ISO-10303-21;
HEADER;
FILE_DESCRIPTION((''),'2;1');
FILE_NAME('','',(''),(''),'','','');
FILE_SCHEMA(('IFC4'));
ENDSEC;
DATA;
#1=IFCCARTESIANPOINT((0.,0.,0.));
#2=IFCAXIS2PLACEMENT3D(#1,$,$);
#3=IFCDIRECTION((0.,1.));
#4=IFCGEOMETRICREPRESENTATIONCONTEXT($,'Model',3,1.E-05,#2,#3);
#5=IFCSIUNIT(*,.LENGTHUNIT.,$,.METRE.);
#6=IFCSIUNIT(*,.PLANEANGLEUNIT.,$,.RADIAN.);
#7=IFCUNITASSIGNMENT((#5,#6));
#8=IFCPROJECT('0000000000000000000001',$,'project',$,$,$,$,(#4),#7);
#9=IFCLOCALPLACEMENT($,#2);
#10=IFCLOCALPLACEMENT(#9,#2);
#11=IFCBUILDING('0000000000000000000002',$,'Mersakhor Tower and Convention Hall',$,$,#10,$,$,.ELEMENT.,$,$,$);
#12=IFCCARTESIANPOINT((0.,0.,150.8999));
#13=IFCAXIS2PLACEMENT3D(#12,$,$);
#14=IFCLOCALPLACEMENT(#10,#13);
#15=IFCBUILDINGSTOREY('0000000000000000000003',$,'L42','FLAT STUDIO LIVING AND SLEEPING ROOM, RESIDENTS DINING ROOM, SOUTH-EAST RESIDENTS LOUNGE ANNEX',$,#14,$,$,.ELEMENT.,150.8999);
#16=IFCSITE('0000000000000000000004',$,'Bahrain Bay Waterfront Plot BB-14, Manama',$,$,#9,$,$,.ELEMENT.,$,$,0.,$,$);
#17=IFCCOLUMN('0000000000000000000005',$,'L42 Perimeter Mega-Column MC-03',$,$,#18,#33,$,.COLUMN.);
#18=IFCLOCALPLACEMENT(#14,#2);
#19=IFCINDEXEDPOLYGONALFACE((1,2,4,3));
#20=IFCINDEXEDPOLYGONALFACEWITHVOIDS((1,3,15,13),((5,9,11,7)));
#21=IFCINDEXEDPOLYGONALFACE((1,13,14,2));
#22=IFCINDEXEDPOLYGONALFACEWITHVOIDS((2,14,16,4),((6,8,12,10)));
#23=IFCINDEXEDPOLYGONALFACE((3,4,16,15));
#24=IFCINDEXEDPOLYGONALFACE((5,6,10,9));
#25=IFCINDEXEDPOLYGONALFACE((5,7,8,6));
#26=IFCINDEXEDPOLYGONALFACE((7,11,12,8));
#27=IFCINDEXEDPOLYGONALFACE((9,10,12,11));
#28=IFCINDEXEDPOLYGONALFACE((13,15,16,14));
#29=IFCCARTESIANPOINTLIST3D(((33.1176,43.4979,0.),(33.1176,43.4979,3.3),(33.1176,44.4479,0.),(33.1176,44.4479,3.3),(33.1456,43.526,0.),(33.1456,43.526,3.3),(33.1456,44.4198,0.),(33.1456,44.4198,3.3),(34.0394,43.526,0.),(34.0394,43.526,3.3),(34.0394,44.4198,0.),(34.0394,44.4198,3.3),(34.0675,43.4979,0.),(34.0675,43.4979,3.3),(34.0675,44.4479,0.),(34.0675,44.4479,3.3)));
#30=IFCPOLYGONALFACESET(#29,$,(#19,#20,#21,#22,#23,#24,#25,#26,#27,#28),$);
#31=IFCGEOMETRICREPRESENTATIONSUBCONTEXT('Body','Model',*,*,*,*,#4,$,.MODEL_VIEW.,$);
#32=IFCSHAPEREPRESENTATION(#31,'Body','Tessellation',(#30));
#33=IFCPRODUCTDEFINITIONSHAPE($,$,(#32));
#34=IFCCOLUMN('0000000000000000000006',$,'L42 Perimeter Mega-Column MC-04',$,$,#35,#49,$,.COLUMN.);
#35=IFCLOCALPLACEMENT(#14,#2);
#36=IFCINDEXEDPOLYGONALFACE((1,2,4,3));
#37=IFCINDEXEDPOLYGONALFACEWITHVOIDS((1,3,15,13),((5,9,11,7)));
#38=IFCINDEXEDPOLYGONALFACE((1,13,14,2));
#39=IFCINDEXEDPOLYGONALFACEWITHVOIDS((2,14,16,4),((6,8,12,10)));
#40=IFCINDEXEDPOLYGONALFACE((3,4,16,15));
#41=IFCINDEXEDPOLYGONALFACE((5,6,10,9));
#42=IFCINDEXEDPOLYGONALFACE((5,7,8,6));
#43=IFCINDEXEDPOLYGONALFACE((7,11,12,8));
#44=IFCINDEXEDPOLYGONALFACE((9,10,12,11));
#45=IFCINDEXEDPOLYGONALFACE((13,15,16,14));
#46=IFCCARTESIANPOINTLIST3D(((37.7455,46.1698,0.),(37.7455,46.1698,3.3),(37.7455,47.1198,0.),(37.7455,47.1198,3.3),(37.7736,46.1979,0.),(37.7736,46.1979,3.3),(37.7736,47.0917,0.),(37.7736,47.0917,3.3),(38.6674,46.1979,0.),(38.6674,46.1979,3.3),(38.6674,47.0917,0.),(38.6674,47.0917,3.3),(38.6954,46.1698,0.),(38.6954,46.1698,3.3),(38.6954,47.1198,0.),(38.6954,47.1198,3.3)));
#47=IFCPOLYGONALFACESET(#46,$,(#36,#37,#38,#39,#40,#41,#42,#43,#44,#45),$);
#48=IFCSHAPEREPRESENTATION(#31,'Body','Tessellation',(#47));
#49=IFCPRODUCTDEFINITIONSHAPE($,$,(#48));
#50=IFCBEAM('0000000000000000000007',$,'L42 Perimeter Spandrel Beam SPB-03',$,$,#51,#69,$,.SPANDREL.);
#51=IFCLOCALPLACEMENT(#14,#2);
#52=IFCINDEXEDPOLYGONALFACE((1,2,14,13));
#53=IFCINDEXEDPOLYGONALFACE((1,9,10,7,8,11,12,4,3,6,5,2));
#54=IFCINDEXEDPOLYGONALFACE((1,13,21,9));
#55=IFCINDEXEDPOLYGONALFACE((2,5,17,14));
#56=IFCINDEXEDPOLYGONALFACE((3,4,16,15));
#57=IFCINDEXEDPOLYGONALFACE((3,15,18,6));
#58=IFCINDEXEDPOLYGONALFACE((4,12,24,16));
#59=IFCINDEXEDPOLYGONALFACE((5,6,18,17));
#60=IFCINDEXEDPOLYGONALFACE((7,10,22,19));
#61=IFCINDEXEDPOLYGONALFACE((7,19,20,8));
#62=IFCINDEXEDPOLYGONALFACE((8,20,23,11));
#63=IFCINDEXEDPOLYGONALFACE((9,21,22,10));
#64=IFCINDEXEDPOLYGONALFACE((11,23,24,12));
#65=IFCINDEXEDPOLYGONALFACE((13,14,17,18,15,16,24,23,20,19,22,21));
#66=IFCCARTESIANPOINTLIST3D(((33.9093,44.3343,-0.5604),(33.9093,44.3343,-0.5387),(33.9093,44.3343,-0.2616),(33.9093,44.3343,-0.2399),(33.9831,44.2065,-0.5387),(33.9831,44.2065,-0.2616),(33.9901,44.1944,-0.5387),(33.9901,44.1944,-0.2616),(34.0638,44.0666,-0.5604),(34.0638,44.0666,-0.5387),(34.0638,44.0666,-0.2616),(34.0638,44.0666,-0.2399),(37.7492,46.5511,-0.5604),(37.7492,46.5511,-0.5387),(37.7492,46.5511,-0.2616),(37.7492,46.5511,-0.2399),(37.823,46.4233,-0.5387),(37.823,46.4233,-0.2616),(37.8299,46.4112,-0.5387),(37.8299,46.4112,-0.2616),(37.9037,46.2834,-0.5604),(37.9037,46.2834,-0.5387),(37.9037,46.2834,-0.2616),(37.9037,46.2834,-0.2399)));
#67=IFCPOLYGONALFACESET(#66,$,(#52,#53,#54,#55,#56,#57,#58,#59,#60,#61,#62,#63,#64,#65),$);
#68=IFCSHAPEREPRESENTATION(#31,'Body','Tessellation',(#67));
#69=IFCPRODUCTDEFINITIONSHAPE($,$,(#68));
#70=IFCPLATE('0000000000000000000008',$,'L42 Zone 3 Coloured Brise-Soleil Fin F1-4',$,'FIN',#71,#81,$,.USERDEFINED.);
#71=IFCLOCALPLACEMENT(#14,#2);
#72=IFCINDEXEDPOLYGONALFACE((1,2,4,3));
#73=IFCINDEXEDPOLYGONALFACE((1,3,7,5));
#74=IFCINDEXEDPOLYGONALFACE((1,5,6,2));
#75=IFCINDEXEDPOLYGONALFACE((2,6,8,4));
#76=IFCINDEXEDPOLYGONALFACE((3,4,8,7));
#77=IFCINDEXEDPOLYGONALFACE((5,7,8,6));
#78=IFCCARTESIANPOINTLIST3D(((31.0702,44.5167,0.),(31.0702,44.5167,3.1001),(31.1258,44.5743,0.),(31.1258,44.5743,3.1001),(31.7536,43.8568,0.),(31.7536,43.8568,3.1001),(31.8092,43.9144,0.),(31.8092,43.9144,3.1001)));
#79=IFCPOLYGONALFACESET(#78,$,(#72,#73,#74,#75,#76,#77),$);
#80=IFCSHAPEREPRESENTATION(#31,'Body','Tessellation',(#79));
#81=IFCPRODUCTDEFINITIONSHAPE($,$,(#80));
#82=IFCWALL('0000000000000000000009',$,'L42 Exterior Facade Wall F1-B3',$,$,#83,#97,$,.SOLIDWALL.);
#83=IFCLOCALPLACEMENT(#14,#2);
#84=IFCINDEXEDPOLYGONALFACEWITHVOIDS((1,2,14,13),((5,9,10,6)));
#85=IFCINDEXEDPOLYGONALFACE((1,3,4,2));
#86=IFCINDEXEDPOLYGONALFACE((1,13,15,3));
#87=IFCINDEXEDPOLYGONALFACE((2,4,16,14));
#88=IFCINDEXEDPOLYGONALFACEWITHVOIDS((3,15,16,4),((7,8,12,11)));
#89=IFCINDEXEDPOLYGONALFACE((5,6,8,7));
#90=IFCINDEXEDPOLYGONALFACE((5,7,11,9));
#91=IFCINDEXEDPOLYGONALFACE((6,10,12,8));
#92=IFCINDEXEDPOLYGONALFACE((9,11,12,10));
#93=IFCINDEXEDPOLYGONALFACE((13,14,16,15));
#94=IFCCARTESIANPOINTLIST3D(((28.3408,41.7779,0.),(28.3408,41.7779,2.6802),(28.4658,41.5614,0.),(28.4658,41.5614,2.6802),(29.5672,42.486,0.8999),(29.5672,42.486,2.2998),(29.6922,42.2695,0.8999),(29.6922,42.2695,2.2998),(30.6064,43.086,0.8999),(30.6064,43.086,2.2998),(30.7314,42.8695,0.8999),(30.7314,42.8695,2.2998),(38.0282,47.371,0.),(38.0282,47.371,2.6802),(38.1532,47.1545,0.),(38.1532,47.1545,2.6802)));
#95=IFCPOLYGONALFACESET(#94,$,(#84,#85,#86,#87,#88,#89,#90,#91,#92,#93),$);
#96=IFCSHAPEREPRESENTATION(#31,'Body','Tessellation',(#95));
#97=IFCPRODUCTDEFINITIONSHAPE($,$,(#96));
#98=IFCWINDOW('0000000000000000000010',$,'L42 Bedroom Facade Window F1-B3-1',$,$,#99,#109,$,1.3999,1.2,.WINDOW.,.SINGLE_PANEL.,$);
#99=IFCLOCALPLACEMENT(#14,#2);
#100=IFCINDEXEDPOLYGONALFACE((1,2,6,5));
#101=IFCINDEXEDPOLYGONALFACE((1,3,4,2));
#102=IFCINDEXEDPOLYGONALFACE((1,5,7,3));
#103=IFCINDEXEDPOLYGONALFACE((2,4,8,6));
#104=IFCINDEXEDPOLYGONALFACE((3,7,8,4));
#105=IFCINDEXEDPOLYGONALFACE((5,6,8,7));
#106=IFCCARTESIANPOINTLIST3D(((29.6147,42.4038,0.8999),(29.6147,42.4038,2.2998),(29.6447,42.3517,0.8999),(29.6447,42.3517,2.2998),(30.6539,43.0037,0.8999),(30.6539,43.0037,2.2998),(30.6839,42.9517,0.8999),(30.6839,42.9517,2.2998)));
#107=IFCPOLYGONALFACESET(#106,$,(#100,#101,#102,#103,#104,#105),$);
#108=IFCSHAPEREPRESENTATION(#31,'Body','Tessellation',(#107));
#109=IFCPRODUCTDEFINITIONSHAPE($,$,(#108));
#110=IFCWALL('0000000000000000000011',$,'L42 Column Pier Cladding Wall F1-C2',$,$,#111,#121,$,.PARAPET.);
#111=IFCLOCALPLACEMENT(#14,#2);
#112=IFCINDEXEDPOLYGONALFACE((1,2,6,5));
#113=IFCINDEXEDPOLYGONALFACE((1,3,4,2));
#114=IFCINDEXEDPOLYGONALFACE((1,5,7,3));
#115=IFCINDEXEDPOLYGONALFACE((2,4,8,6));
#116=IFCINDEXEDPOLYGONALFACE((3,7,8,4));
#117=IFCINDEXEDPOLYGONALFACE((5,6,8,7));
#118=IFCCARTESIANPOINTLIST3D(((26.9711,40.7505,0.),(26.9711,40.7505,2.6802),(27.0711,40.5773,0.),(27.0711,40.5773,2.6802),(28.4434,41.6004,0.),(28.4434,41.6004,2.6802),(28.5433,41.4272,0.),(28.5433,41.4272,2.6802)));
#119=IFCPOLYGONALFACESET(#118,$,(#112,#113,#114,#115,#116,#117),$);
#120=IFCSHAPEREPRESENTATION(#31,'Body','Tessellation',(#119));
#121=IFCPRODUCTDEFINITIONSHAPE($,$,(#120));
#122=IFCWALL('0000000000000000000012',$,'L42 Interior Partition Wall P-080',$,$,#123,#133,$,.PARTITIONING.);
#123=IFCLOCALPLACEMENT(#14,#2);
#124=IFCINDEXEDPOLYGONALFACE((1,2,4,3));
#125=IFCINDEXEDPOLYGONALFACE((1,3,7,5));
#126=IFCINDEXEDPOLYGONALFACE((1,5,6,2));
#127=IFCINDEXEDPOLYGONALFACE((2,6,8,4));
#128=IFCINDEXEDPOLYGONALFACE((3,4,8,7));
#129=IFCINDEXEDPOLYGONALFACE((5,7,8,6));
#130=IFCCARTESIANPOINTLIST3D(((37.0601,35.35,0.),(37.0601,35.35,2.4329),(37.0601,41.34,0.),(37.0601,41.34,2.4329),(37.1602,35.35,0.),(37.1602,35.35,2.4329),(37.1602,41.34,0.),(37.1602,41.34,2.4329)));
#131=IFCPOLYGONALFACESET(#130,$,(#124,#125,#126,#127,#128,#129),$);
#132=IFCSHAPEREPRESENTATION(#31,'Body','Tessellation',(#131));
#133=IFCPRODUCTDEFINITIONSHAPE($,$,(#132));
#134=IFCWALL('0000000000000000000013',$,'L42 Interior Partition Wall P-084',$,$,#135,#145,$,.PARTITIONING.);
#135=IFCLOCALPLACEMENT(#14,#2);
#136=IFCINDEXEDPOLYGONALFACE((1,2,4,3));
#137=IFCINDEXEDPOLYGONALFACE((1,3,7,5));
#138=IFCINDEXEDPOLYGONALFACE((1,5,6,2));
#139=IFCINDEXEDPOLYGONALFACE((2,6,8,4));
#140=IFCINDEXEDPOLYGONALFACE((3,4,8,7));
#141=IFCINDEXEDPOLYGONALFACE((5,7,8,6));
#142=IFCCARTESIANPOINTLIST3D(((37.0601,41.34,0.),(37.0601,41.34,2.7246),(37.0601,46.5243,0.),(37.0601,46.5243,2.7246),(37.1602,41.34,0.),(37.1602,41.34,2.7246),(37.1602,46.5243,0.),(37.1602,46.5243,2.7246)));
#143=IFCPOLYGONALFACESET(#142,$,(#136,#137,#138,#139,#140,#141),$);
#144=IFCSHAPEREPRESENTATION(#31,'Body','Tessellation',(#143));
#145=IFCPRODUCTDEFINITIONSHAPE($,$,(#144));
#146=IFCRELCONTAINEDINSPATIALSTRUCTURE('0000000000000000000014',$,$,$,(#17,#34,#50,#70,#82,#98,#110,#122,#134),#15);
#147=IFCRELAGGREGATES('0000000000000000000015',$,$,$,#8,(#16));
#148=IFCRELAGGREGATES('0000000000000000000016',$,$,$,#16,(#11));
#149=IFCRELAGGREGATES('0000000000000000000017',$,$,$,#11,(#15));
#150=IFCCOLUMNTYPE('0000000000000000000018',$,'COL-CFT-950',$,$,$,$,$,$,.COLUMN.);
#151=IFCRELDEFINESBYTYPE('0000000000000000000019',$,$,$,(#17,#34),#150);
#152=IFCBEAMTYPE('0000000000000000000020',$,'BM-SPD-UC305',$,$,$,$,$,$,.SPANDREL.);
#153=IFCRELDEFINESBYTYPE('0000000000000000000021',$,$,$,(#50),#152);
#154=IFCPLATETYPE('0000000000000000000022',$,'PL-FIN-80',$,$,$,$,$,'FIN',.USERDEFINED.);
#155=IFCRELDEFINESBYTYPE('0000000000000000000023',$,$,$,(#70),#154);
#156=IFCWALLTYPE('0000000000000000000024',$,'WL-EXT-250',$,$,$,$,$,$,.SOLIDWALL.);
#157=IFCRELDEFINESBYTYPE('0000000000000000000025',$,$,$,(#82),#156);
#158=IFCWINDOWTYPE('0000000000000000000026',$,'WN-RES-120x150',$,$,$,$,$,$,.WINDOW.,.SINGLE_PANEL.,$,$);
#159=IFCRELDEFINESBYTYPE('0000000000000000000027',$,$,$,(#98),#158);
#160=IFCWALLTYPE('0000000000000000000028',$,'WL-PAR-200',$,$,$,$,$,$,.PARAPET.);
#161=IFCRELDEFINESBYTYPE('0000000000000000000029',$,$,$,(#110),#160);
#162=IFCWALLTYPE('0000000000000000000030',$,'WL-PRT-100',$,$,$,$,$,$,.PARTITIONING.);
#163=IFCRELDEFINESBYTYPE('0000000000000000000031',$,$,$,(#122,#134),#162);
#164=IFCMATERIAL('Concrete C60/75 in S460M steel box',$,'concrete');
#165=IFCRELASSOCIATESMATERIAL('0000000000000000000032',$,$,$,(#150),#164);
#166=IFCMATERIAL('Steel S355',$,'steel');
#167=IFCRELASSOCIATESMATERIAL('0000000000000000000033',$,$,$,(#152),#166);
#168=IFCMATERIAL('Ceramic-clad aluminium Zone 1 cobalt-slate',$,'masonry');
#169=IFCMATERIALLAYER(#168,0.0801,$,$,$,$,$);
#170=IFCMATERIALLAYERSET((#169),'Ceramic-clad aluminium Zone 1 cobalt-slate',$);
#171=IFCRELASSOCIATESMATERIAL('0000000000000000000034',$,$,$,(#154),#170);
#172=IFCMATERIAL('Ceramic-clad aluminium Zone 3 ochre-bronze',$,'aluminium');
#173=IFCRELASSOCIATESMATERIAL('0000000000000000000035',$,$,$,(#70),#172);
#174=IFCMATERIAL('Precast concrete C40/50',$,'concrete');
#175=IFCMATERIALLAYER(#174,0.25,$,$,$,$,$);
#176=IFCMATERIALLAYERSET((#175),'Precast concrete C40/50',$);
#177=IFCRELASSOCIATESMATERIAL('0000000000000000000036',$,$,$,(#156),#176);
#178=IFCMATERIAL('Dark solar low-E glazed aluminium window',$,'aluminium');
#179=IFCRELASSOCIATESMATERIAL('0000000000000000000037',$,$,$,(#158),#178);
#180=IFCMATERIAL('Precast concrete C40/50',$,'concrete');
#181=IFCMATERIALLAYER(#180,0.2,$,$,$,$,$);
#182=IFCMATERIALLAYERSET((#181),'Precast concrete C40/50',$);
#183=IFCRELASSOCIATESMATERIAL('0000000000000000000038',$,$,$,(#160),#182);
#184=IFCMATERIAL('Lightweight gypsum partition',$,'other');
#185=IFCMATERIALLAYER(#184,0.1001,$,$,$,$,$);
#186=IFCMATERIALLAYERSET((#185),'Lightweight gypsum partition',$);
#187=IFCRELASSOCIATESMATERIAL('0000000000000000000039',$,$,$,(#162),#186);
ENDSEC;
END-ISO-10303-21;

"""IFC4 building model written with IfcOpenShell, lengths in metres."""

from ifc_helpers import new_model, si_unit, direction, frame, frame_2d, origin, origin_2d, place, context, subcontext, project, spatial, rectangle, hollow_rectangle, i_section, extrude, material, layer, layer_set, material_profile, profile_set, type_object, element, fill, save


model = new_model("IFC4")

# Units and contexts
model_context = context("Model", 3, precision=1e-05, world=origin(), true_north=direction((0.0, 1.0)))
body_context = subcontext(model_context, "Body", "Model", "MODEL_VIEW")
ifc_project = project(units=[si_unit("LENGTHUNIT", "METRE"), si_unit("PLANEANGLEUNIT", "RADIAN")], contexts=[model_context])

# Site, building, storey
site_placement = place(None, origin())
site = spatial("IfcSite", under=ifc_project, at=site_placement, Name="Bahrain Bay Waterfront Plot BB-14, Manama", CompositionType="ELEMENT", RefElevation=0.0)
building_placement = place(site_placement, origin())
building = spatial("IfcBuilding", under=site, at=building_placement, Name="Mersakhor Tower and Convention Hall", CompositionType="ELEMENT")
storey_placement = place(building_placement, frame((0.0, 0.0, 150.8999)))
storey = spatial("IfcBuildingStorey", under=building, at=storey_placement, Name="L42", Description="FLAT STUDIO LIVING AND SLEEPING ROOM, RESIDENTS DINING ROOM, SOUTH-EAST RESIDENTS LOUNGE ANNEX", CompositionType="ELEMENT", Elevation=150.8999)

# Columns
ifc_material_1 = material(Name="Concrete C60/75 in S460M steel box", Category="concrete")
ifc_material_profile_1 = material_profile(ifc_material_1, hollow_rectangle(XDim=0.95, YDim=0.95, WallThickness=0.0281, at=origin_2d()), Name="SHS 950x950x28")
ifc_profile_set_1 = profile_set([ifc_material_profile_1], Name="Concrete C60/75 in S460M steel box")
column_type = type_object("IfcColumnType", Name="COL-CFT-950", PredefinedType="COLUMN", material=ifc_profile_set_1)
for number, where, z_axis, x_axis, name in (
    (1, (33.5925, 43.9729, 0.0), (0.0, 0.0, 1.0), (1.0, 0.0, 0.0), "L42 Perimeter Mega-Column MC-03"),
    (2, (38.2205, 46.6448, 0.0), (0.0, 0.0, 1.0), (1.0, 0.0, 0.0), "L42 Perimeter Mega-Column MC-04"),
):
    element("IfcColumn", number, at=place(storey_placement, frame(where, z_axis=z_axis, x_axis=x_axis)), inside=storey, type_object=column_type, Name=name, PredefinedType="COLUMN", context=body_context, shape_type="SweptSolid", body=[
        extrude(hollow_rectangle(XDim=0.95, YDim=0.95, WallThickness=0.0281, at=origin_2d()), origin(), (0.0, 0.0, 1.0), 3.3),
    ])

# Beam
ifc_material_2 = material(Name="Steel S355", Category="steel")
ifc_material_profile_2 = material_profile(ifc_material_2, i_section(OverallWidth=0.3091, OverallDepth=0.3206, WebThickness=0.0139, FlangeThickness=0.0217, at=origin_2d()), Name="UC 305x305x137")
ifc_profile_set_2 = profile_set([ifc_material_profile_2], Name="Steel S355")
beam_type = type_object("IfcBeamType", Name="BM-SPD-UC305", PredefinedType="SPANDREL", material=ifc_profile_set_2)
beam_placement = place(storey_placement, frame((33.9866, 44.2004, -0.4001), z_axis=(0.866039, 0.499977, 0.0), x_axis=(-0.499977, 0.866039, 0.0)))
element("IfcBeam", 3, at=beam_placement, inside=storey, type_object=beam_type, Name="L42 Perimeter Spandrel Beam SPB-03", PredefinedType="SPANDREL", context=body_context, shape_type="SweptSolid", body=[
    extrude(i_section(OverallWidth=0.3091, OverallDepth=0.3206, WebThickness=0.0139, FlangeThickness=0.0217, at=origin_2d()), origin(), (0.0, 0.0, 1.0), 4.4338),
])

# Plate
ifc_material_3 = material(Name="Ceramic-clad aluminium Zone 3 ochre-bronze", Category="aluminium")
ifc_material_4 = material(Name="Ceramic-clad aluminium Zone 1 cobalt-slate", Category="masonry")
ifc_layer_1 = layer(ifc_material_4, 0.0801)
ifc_layer_set_1 = layer_set([ifc_layer_1], Name="Ceramic-clad aluminium Zone 1 cobalt-slate")
plate_type = type_object("IfcPlateType", Name="PL-FIN-80", ElementType="FIN", PredefinedType="USERDEFINED", material=ifc_layer_set_1)
plate_placement = place(storey_placement, frame((31.4397, 44.2156, 0.0), z_axis=(0.0, 0.0, 1.0), x_axis=(-0.71934, 0.694658, 0.0)))
element("IfcPlate", 4, at=plate_placement, inside=storey, type_object=plate_type, material=ifc_material_3, Name="L42 Zone 3 Coloured Brise-Soleil Fin F1-4", ObjectType="FIN", PredefinedType="USERDEFINED", context=body_context, shape_type="SweptSolid", body=[
    extrude(rectangle(XDim=0.95, YDim=0.0801, at=origin_2d()), origin(), (0.0, 0.0, 1.0), 3.1001),
])

# Wall, opening, window
ifc_material_5 = material(Name="Precast concrete C40/50", Category="concrete")
ifc_layer_2 = layer(ifc_material_5, 0.25)
ifc_layer_set_2 = layer_set([ifc_layer_2], Name="Precast concrete C40/50")
wall_type_1 = type_object("IfcWallType", Name="WL-EXT-250", PredefinedType="SOLIDWALL", material=ifc_layer_set_2)
wall_1_placement = place(storey_placement, frame((28.4033, 41.6697, 0.0), z_axis=(0.0, 0.0, 1.0), x_axis=(0.866022, 0.500005, 0.0)))
wall_1 = element("IfcWall", 5, at=wall_1_placement, inside=storey, type_object=wall_type_1, Name="L42 Exterior Facade Wall F1-B3", PredefinedType="SOLIDWALL", context=body_context, shape_type="SweptSolid", body=[
    extrude(rectangle(XDim=11.186, YDim=0.25, at=frame_2d((5.593, 0.0))), origin(), (0.0, 0.0, 1.0), 2.6802),
])
opening_1_placement = place(wall_1_placement, frame((1.416, 0.0, 0.8999)))
opening_1 = element("IfcOpeningElement", 6, at=opening_1_placement, cuts=wall_1, PredefinedType="OPENING", context=body_context, shape_type="SweptSolid", body=[
    extrude(rectangle(XDim=1.2, YDim=1.3999, at=frame_2d((0.6001, 0.7))), frame((0.0, 0.135, 0.0), z_axis=(0.0, -1.0, 0.0), x_axis=(1.0, 0.0, 0.0)), (0.0, 0.0, 1.0), 0.27),
])
ifc_material_6 = material(Name="Dark solar low-E glazed aluminium window", Category="aluminium")
window_type = type_object("IfcWindowType", Name="WN-RES-120x150", PartitioningType="SINGLE_PANEL", PredefinedType="WINDOW", material=ifc_material_6)
window_placement = place(opening_1_placement, origin())
window = element("IfcWindow", 7, at=window_placement, inside=storey, type_object=window_type, Name="L42 Bedroom Facade Window F1-B3-1", OverallHeight=1.3999, OverallWidth=1.2, PartitioningType="SINGLE_PANEL", PredefinedType="WINDOW", context=body_context, shape_type="SweptSolid", body=[
    extrude(rectangle(XDim=1.2, YDim=1.3999, at=frame_2d((0.6001, 0.7))), frame((0.0, 0.03, 0.0), z_axis=(0.0, -1.0, 0.0), x_axis=(1.0, 0.0, 0.0)), (0.0, 0.0, 1.0), 0.0601),
])
fill(opening_1, window)

# Walls
ifc_material_7 = material(Name="Precast concrete C40/50", Category="concrete")
ifc_layer_3 = layer(ifc_material_7, 0.2)
ifc_layer_set_3 = layer_set([ifc_layer_3], Name="Precast concrete C40/50")
wall_type_2 = type_object("IfcWallType", Name="WL-PAR-200", PredefinedType="PARAPET", material=ifc_layer_set_3)
wall_2_placement = place(storey_placement, frame((27.021, 40.6638, 0.0), z_axis=(0.0, 0.0, 1.0), x_axis=(0.866052, 0.499955, 0.0)))
element("IfcWall", 8, at=wall_2_placement, inside=storey, type_object=wall_type_2, Name="L42 Column Pier Cladding Wall F1-C2", PredefinedType="PARAPET", context=body_context, shape_type="SweptSolid", body=[
    extrude(rectangle(XDim=1.7, YDim=0.2, at=frame_2d((0.8501, 0.0))), origin(), (0.0, 0.0, 1.0), 2.6802),
])
ifc_material_8 = material(Name="Lightweight gypsum partition", Category="other")
ifc_layer_4 = layer(ifc_material_8, 0.1001)
ifc_layer_set_4 = layer_set([ifc_layer_4], Name="Lightweight gypsum partition")
wall_type_3 = type_object("IfcWallType", Name="WL-PRT-100", PredefinedType="PARTITIONING", material=ifc_layer_set_4)
wall_3_placement = place(storey_placement, frame((37.1101, 41.3401, 0.0), z_axis=(0.0, 0.0, 1.0), x_axis=(0.0, -1.0, 0.0)))
element("IfcWall", 9, at=wall_3_placement, inside=storey, type_object=wall_type_3, Name="L42 Interior Partition Wall P-080", PredefinedType="PARTITIONING", context=body_context, shape_type="SweptSolid", body=[
    extrude(rectangle(XDim=5.99, YDim=0.1001, at=frame_2d((2.9951, 0.0))), origin(), (0.0, 0.0, 1.0), 2.4329),
])
wall_4_placement = place(storey_placement, frame((37.1101, 46.5244, 0.0), z_axis=(0.0, 0.0, 1.0), x_axis=(0.0, -1.0, 0.0)))
element("IfcWall", 10, at=wall_4_placement, inside=storey, type_object=wall_type_3, Name="L42 Interior Partition Wall P-084", PredefinedType="PARTITIONING", context=body_context, shape_type="SweptSolid", body=[
    extrude(rectangle(XDim=5.1843, YDim=0.1001, at=frame_2d((2.5923, 0.0))), origin(), (0.0, 0.0, 1.0), 2.7246),
])

save(model, "model.ifc")
